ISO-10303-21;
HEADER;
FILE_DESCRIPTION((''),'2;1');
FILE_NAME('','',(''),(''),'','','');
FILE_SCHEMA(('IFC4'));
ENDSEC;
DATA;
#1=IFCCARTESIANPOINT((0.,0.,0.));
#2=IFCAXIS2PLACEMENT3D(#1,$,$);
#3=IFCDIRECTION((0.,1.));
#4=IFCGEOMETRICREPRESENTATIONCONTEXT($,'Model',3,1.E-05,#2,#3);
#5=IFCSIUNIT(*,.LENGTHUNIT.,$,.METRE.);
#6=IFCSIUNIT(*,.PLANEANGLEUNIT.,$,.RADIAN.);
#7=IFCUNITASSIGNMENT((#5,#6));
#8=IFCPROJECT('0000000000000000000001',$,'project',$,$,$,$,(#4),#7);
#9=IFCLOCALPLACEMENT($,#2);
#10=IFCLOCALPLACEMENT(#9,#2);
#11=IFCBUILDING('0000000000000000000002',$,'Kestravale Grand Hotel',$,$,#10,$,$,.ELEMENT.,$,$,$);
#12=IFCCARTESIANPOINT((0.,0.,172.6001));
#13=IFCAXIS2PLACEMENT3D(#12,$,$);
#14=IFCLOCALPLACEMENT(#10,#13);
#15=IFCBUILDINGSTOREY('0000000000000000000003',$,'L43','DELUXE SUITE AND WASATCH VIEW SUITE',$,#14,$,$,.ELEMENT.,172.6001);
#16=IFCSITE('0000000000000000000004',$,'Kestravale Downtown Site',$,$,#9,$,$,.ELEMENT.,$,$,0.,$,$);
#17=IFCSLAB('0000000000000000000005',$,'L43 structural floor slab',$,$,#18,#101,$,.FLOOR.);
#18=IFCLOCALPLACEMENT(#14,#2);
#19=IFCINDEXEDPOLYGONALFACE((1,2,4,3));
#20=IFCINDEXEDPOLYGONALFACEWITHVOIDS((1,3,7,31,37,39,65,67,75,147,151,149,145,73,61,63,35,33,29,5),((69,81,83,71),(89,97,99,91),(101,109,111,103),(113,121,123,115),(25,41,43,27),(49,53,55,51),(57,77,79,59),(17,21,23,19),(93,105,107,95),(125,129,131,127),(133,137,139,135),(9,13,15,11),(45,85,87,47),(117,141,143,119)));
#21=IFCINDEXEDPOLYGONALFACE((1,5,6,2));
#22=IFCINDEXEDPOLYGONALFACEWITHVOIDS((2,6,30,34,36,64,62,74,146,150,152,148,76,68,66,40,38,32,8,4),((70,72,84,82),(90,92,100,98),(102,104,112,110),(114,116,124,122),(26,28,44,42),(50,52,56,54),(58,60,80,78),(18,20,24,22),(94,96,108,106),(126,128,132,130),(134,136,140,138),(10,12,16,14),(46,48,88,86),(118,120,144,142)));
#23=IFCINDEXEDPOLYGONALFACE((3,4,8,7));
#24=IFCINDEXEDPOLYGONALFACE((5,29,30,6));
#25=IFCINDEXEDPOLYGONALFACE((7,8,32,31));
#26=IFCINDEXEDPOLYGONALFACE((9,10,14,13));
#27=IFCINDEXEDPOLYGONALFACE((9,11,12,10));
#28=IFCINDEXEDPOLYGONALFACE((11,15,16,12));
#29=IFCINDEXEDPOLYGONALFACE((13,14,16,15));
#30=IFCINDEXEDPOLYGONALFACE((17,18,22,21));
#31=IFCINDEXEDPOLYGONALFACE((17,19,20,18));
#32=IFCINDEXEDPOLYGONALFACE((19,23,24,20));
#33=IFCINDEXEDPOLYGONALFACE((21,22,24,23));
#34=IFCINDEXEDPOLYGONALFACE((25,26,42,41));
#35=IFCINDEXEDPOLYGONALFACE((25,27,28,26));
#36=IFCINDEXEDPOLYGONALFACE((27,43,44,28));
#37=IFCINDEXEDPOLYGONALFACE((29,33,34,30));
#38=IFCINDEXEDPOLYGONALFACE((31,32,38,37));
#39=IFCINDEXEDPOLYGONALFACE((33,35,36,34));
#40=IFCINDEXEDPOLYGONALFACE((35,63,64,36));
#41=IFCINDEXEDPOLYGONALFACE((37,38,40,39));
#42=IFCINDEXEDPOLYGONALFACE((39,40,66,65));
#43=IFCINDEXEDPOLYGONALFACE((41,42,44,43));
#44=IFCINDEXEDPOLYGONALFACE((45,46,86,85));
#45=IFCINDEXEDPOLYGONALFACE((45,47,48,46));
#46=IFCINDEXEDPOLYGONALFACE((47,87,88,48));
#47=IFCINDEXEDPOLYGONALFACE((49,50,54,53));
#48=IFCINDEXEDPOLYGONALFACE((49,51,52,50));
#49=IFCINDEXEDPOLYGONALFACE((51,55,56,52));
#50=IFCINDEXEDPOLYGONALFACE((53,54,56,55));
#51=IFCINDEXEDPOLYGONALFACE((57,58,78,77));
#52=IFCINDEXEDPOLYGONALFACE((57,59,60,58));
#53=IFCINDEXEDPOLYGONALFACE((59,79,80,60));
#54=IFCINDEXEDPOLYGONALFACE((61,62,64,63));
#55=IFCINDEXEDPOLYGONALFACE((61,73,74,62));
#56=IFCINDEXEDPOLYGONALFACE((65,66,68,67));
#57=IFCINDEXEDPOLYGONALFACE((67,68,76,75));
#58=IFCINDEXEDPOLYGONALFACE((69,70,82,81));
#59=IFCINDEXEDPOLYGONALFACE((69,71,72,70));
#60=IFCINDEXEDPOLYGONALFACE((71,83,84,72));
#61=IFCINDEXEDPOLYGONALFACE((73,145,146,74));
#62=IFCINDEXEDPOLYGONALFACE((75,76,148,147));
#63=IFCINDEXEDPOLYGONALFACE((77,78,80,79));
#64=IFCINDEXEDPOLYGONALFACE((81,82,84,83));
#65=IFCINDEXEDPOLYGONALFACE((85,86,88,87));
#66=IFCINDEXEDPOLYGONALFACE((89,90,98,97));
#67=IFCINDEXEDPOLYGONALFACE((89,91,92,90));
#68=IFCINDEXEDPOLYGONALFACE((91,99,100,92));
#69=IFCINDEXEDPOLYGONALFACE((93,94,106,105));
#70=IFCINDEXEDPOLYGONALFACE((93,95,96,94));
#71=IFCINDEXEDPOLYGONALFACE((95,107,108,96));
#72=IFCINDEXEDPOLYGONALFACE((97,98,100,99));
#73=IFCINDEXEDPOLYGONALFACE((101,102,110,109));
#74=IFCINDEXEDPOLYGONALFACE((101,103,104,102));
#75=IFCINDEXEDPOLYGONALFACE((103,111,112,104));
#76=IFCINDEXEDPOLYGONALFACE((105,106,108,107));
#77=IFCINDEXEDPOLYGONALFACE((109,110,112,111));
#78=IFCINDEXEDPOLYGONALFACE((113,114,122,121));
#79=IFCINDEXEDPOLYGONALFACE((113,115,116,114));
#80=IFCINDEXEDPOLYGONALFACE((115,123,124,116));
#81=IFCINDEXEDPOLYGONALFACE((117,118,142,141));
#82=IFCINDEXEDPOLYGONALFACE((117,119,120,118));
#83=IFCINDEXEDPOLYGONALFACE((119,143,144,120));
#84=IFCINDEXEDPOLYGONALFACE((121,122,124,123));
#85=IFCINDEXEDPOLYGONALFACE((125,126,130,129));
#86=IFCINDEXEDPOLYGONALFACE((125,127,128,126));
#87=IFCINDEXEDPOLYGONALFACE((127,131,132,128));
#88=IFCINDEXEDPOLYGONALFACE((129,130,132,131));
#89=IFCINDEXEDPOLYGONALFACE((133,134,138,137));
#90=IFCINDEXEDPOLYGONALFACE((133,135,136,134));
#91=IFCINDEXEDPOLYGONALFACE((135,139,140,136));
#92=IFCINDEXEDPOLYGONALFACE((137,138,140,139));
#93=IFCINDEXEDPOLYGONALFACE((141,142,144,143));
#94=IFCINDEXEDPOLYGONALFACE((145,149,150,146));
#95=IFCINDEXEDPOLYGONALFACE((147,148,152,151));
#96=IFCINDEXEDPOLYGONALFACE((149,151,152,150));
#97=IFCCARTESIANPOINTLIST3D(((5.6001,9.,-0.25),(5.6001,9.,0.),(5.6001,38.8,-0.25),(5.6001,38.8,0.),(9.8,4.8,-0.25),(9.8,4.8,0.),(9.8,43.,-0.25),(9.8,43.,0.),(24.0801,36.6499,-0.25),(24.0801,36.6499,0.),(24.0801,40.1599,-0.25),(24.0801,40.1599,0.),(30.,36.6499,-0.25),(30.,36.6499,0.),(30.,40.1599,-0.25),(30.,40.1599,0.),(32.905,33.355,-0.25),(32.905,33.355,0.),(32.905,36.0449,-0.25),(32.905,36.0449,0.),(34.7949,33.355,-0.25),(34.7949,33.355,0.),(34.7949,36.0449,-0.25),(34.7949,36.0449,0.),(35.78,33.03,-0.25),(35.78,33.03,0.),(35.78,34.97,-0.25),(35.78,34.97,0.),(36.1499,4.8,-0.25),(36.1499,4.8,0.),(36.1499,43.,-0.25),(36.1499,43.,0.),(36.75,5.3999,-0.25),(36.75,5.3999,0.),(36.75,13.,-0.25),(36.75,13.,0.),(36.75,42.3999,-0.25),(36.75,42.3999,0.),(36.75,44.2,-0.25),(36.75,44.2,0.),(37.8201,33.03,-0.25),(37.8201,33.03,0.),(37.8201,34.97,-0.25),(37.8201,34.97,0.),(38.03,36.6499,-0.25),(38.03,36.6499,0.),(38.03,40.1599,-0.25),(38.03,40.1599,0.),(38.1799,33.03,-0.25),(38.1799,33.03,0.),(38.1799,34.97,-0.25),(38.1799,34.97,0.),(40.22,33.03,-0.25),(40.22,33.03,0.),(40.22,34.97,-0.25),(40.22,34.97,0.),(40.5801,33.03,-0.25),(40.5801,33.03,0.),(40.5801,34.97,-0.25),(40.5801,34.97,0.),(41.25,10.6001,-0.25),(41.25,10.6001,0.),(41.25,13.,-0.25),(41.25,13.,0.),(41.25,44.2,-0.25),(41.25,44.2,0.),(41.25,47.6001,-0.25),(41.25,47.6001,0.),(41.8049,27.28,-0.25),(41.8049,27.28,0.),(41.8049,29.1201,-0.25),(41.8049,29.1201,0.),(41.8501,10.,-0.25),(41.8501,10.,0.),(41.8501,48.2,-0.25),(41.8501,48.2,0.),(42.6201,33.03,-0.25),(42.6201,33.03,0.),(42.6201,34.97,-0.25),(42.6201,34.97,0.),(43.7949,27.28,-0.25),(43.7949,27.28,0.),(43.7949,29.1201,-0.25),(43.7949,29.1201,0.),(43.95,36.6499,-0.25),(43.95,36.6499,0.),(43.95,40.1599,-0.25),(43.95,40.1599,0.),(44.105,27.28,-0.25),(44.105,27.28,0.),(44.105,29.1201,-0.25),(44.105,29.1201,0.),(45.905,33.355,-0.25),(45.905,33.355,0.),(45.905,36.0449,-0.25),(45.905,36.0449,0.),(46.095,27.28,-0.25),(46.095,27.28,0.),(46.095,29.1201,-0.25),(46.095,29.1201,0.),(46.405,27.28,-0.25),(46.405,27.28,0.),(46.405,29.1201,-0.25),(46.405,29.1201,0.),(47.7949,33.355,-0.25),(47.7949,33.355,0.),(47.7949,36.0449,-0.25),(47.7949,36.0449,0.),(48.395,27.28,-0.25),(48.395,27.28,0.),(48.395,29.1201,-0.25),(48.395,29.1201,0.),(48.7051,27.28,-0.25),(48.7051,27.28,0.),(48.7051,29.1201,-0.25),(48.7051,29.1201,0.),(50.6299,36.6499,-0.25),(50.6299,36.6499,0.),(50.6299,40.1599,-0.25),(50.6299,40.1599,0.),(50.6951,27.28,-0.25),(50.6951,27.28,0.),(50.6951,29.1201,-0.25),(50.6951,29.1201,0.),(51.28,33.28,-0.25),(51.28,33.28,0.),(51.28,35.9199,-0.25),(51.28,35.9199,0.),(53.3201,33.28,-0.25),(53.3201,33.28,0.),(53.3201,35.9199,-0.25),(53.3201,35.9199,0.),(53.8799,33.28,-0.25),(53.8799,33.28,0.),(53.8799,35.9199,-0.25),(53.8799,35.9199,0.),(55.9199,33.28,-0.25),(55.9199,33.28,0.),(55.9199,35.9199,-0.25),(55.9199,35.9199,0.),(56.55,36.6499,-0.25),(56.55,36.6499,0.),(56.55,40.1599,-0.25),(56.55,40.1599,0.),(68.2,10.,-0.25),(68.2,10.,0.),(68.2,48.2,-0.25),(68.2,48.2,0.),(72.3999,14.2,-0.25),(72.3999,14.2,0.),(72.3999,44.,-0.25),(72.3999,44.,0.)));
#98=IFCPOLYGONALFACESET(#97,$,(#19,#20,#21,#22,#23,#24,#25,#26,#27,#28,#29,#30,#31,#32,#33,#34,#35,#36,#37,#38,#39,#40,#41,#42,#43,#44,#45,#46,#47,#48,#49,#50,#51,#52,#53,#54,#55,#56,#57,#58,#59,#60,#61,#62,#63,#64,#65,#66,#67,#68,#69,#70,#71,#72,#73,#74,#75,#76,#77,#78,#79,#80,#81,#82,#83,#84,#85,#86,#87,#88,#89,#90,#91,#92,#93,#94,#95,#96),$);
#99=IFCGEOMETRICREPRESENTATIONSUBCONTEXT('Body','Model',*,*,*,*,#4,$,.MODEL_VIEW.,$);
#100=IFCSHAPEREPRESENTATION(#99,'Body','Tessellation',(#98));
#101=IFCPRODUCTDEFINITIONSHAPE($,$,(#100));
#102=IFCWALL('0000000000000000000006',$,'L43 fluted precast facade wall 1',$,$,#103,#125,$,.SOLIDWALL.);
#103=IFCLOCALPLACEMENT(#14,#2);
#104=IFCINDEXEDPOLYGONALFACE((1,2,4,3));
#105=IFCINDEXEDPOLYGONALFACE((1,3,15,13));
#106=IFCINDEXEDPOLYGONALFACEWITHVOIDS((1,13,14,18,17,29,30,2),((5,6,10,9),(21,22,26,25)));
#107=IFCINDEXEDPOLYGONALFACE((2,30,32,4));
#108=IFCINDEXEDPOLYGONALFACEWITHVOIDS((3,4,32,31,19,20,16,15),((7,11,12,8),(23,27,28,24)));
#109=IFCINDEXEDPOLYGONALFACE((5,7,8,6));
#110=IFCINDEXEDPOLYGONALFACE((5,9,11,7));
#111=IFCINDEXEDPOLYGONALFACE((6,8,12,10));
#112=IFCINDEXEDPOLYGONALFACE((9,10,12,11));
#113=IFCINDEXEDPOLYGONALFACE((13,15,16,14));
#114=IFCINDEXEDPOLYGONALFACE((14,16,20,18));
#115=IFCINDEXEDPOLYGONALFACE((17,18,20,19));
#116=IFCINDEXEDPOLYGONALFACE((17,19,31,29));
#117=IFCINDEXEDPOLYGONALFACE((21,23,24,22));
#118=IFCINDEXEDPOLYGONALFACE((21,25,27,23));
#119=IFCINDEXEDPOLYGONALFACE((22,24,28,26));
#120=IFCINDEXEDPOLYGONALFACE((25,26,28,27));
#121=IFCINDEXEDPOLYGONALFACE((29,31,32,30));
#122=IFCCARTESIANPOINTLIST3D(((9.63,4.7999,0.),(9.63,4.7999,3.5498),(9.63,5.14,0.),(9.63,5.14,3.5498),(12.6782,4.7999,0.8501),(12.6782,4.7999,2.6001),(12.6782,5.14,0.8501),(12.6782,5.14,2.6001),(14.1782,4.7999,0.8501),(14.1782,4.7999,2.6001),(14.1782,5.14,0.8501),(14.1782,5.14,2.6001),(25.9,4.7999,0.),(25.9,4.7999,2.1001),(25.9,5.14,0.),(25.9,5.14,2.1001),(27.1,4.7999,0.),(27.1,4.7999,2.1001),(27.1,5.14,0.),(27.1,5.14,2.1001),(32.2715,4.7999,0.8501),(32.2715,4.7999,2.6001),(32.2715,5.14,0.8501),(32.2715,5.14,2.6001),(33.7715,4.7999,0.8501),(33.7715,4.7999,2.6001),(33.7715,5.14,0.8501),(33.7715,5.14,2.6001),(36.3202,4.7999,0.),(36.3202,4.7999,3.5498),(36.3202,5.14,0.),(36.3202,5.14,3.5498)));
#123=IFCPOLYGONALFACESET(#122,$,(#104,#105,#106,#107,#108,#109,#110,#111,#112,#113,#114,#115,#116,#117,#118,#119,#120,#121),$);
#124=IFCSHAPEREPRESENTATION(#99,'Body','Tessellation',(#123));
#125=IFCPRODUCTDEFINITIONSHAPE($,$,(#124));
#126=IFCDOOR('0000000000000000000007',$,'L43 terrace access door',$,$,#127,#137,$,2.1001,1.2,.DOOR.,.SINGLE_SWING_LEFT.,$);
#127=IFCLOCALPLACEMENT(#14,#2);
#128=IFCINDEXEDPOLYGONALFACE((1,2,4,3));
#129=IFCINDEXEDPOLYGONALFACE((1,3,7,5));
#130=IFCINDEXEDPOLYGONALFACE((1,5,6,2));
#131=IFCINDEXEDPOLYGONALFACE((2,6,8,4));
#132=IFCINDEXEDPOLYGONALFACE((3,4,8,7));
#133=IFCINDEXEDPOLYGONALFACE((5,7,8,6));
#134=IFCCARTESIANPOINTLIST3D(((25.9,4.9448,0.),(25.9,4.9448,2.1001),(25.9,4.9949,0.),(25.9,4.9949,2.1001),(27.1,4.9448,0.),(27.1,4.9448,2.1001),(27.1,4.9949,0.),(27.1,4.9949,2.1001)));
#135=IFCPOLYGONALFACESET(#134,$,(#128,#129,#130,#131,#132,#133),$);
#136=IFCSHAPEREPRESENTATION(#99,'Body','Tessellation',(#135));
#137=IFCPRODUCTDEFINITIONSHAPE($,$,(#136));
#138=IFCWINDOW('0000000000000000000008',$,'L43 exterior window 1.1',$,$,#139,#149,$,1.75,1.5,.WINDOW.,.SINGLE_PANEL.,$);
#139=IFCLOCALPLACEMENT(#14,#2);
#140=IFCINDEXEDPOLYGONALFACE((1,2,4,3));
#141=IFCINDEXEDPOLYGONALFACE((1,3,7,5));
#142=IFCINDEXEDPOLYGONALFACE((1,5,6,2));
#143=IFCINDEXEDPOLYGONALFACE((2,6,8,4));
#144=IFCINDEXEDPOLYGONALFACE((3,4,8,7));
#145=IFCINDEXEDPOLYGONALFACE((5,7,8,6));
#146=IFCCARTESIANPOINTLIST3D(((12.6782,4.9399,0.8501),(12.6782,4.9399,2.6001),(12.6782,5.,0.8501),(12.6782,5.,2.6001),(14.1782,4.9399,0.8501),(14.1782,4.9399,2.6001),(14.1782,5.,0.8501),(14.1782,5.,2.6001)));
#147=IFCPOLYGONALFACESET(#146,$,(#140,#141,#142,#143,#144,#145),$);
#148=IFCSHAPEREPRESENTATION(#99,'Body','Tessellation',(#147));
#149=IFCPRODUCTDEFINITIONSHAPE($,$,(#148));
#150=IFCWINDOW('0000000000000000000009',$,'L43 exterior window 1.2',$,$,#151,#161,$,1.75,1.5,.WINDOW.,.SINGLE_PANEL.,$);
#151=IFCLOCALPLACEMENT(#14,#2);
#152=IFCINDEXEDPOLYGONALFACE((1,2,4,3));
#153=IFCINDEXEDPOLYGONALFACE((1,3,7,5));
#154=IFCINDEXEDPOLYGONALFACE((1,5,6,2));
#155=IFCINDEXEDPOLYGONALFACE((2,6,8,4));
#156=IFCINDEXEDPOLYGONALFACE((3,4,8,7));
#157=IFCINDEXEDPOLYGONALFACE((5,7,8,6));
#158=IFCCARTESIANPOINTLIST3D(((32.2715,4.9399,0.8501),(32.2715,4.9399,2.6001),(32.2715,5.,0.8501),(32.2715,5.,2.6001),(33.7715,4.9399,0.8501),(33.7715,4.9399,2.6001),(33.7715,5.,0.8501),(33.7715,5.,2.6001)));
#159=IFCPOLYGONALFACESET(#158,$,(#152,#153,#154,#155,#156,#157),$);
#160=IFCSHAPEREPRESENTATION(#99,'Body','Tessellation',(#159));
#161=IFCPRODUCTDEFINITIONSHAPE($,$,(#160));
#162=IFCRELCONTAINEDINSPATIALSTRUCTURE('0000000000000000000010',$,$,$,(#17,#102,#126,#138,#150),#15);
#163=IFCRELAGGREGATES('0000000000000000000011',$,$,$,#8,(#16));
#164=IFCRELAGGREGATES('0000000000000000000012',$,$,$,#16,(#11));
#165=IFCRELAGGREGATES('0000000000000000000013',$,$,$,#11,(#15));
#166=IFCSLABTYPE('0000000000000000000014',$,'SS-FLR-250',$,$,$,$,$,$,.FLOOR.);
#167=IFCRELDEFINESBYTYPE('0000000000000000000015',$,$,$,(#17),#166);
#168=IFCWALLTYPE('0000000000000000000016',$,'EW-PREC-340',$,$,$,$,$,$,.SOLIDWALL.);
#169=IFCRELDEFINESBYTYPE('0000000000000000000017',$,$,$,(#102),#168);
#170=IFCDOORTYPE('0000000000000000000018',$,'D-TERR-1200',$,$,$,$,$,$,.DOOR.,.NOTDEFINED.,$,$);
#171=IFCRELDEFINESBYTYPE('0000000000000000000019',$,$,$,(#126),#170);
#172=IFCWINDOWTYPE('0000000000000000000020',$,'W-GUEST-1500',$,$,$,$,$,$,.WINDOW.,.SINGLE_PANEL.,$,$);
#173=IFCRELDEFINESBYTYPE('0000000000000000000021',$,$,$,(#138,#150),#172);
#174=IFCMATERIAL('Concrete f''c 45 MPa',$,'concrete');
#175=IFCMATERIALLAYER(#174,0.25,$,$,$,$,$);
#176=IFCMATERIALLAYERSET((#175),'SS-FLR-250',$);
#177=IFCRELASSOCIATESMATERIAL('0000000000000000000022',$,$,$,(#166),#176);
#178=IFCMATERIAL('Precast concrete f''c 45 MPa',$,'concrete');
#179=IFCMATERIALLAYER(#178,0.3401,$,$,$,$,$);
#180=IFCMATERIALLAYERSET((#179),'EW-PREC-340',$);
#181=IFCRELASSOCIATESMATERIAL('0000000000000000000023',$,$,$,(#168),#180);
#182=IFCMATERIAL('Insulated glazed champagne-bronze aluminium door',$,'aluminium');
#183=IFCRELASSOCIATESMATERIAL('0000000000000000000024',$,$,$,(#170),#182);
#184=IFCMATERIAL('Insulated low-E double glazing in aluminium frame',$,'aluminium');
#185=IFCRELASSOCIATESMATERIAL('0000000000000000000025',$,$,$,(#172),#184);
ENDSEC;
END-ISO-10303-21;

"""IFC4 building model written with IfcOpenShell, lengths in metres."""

from ifc_helpers import new_model, si_unit, direction, frame, frame_2d, origin, place, context, subcontext, project, spatial, polyline, rectangle, outline, extrude, material, layer, layer_set, type_object, element, fill, save


model = new_model("IFC4")

# Units and contexts
model_context = context("Model", 3, precision=1e-05, world=origin(), true_north=direction((0.0, 1.0)))
body_context = subcontext(model_context, "Body", "Model", "MODEL_VIEW")
ifc_project = project(units=[si_unit("LENGTHUNIT", "METRE"), si_unit("PLANEANGLEUNIT", "RADIAN")], contexts=[model_context])

# Site, building, storey
site_placement = place(None, origin())
site = spatial("IfcSite", under=ifc_project, at=site_placement, Name="Kestravale Downtown Site", CompositionType="ELEMENT", RefElevation=0.0)
building_placement = place(site_placement, origin())
building = spatial("IfcBuilding", under=site, at=building_placement, Name="Kestravale Grand Hotel", CompositionType="ELEMENT")
storey_placement = place(building_placement, frame((0.0, 0.0, 172.6001)))
storey = spatial("IfcBuildingStorey", under=building, at=storey_placement, Name="L43", Description="DELUXE SUITE AND WASATCH VIEW SUITE", CompositionType="ELEMENT", Elevation=172.6001)

# Slab
ifc_material_1 = material(Name="Concrete f'c 45 MPa", Category="concrete")
ifc_layer_1 = layer(ifc_material_1, 0.25)
ifc_layer_set_1 = layer_set([ifc_layer_1], Name="SS-FLR-250")
slab_type_1 = type_object("IfcSlabType", Name="SS-FLR-250", PredefinedType="FLOOR", material=ifc_layer_set_1)
slab_1_placement = place(storey_placement, frame((0.0, 0.0, -0.25)))
element("IfcSlab", 1, at=slab_1_placement, inside=storey, type_object=slab_type_1, Name="L43 structural floor slab", PredefinedType="FLOOR", context=body_context, shape_type="SweptSolid", body=[
    extrude(outline(polyline([(9.8, 4.8), (36.1499, 4.8), (36.75, 5.3999), (36.75, 13.0), (41.25, 13.0), (41.25, 10.6001), (41.8501, 10.0), (68.2, 10.0), (72.3999, 14.2), (72.3999, 44.0), (68.2, 48.2), (41.8501, 48.2), (41.25, 47.6001), (41.25, 44.2), (36.75, 44.2), (36.75, 42.3999), (36.1499, 43.0), (9.8, 43.0), (5.6001, 38.8), (5.6001, 9.0), (9.8, 4.8)]), holes=[polyline([(24.0801, 36.6499), (30.0, 36.6499), (30.0, 40.1599), (24.0801, 40.1599), (24.0801, 36.6499)]), polyline([(38.03, 36.6499), (43.95, 36.6499), (43.95, 40.1599), (38.03, 40.1599), (38.03, 36.6499)]), polyline([(50.6299, 36.6499), (56.55, 36.6499), (56.55, 40.1599), (50.6299, 40.1599), (50.6299, 36.6499)]), polyline([(41.8049, 27.28), (43.7949, 27.28), (43.7949, 29.1201), (41.8049, 29.1201), (41.8049, 27.28)]), polyline([(44.105, 27.28), (46.095, 27.28), (46.095, 29.1201), (44.105, 29.1201), (44.105, 27.28)]), polyline([(46.405, 27.28), (48.395, 27.28), (48.395, 29.1201), (46.405, 29.1201), (46.405, 27.28)]), polyline([(48.7051, 27.28), (50.6951, 27.28), (50.6951, 29.1201), (48.7051, 29.1201), (48.7051, 27.28)]), polyline([(35.78, 33.03), (37.8201, 33.03), (37.8201, 34.97), (35.78, 34.97), (35.78, 33.03)]), polyline([(38.1799, 33.03), (40.22, 33.03), (40.22, 34.97), (38.1799, 34.97), (38.1799, 33.03)]), polyline([(40.5801, 33.03), (42.6201, 33.03), (42.6201, 34.97), (40.5801, 34.97), (40.5801, 33.03)]), polyline([(32.905, 33.355), (34.7949, 33.355), (34.7949, 36.0449), (32.905, 36.0449), (32.905, 33.355)]), polyline([(45.905, 33.355), (47.7949, 33.355), (47.7949, 36.0449), (45.905, 36.0449), (45.905, 33.355)]), polyline([(51.28, 33.28), (53.3201, 33.28), (53.3201, 35.9199), (51.28, 35.9199), (51.28, 33.28)]), polyline([(53.8799, 33.28), (55.9199, 33.28), (55.9199, 35.9199), (53.8799, 35.9199), (53.8799, 33.28)])]), origin(), (0.0, 0.0, 1.0), 0.25),
])

# Wall, openings, door, windows
ifc_material_2 = material(Name="Precast concrete f'c 45 MPa", Category="concrete")
ifc_layer_2 = layer(ifc_material_2, 0.3401)
ifc_layer_set_2 = layer_set([ifc_layer_2], Name="EW-PREC-340")
wall_type_1 = type_object("IfcWallType", Name="EW-PREC-340", PredefinedType="SOLIDWALL", material=ifc_layer_set_2)
wall_1_placement = place(storey_placement, frame((9.6299, 4.97, 0.0), z_axis=(0.0, 0.0, 1.0), x_axis=(1.0, 0.0, 0.0)))
wall_1 = element("IfcWall", 2, at=wall_1_placement, inside=storey, type_object=wall_type_1, Name="L43 fluted precast facade wall 1", PredefinedType="SOLIDWALL", context=body_context, shape_type="SweptSolid", body=[
    extrude(rectangle(XDim=26.6902, YDim=0.3401, at=frame_2d((13.3452, 0.0))), origin(), (0.0, 0.0, 1.0), 3.5498),
])
opening_1_placement = place(wall_1_placement, frame((3.0483, 0.0, 0.8501)))
opening_1 = element("IfcOpeningElement", 3, at=opening_1_placement, cuts=wall_1, PredefinedType="OPENING", context=body_context, shape_type="SweptSolid", body=[
    extrude(rectangle(XDim=1.5, YDim=1.75, at=frame_2d((0.75, 0.875))), frame((0.0, 0.1799, 0.0), z_axis=(0.0, -1.0, 0.0), x_axis=(1.0, 0.0, 0.0)), (0.0, 0.0, 1.0), 0.3601),
])
opening_2_placement = place(wall_1_placement, frame((22.6416, 0.0, 0.8501)))
opening_2 = element("IfcOpeningElement", 4, at=opening_2_placement, cuts=wall_1, PredefinedType="OPENING", context=body_context, shape_type="SweptSolid", body=[
    extrude(rectangle(XDim=1.5, YDim=1.75, at=frame_2d((0.75, 0.875))), frame((0.0, 0.1799, 0.0), z_axis=(0.0, -1.0, 0.0), x_axis=(1.0, 0.0, 0.0)), (0.0, 0.0, 1.0), 0.3601),
])
opening_3_placement = place(wall_1_placement, frame((16.27, 0.0, 0.0)))
opening_3 = element("IfcOpeningElement", 5, at=opening_3_placement, cuts=wall_1, PredefinedType="OPENING", context=body_context, shape_type="SweptSolid", body=[
    extrude(rectangle(XDim=1.2, YDim=2.1001, at=frame_2d((0.6001, 1.05))), frame((0.0, 0.1799, 0.0), z_axis=(0.0, -1.0, 0.0), x_axis=(1.0, 0.0, 0.0)), (0.0, 0.0, 1.0), 0.3601),
])
ifc_material_3 = material(Name="Insulated glazed champagne-bronze aluminium door", Category="aluminium")
door_type_1 = type_object("IfcDoorType", Name="D-TERR-1200", OperationType="NOTDEFINED", PredefinedType="DOOR", material=ifc_material_3)
door_1_placement = place(opening_3_placement, origin())
door_1 = element("IfcDoor", 6, at=door_1_placement, inside=storey, type_object=door_type_1, Name="L43 terrace access door", OperationType="SINGLE_SWING_LEFT", OverallHeight=2.1001, OverallWidth=1.2, PredefinedType="DOOR", context=body_context, shape_type="SweptSolid", body=[
    extrude(rectangle(XDim=1.2, YDim=2.1001, at=frame_2d((0.6001, 1.05))), frame((0.0, 0.0249, 0.0), z_axis=(0.0, -1.0, 0.0), x_axis=(1.0, 0.0, 0.0)), (0.0, 0.0, 1.0), 0.05),
])
fill(opening_3, door_1)
ifc_material_4 = material(Name="Insulated low-E double glazing in aluminium frame", Category="aluminium")
window_type = type_object("IfcWindowType", Name="W-GUEST-1500", PartitioningType="SINGLE_PANEL", PredefinedType="WINDOW", material=ifc_material_4)
window_1_placement = place(opening_1_placement, origin())
window_1 = element("IfcWindow", 7, at=window_1_placement, inside=storey, type_object=window_type, Name="L43 exterior window 1.1", OverallHeight=1.75, OverallWidth=1.5, PartitioningType="SINGLE_PANEL", PredefinedType="WINDOW", context=body_context, shape_type="SweptSolid", body=[
    extrude(rectangle(XDim=1.5, YDim=1.75, at=frame_2d((0.75, 0.875))), frame((0.0, 0.03, 0.0), z_axis=(0.0, -1.0, 0.0), x_axis=(1.0, 0.0, 0.0)), (0.0, 0.0, 1.0), 0.0601),
])
fill(opening_1, window_1)
window_2_placement = place(opening_2_placement, origin())
window_2 = element("IfcWindow", 8, at=window_2_placement, inside=storey, type_object=window_type, Name="L43 exterior window 1.2", OverallHeight=1.75, OverallWidth=1.5, PartitioningType="SINGLE_PANEL", PredefinedType="WINDOW", context=body_context, shape_type="SweptSolid", body=[
    extrude(rectangle(XDim=1.5, YDim=1.75, at=frame_2d((0.75, 0.875))), frame((0.0, 0.03, 0.0), z_axis=(0.0, -1.0, 0.0), x_axis=(1.0, 0.0, 0.0)), (0.0, 0.0, 1.0), 0.0601),
])
fill(opening_2, window_2)

save(model, "model.ifc")
